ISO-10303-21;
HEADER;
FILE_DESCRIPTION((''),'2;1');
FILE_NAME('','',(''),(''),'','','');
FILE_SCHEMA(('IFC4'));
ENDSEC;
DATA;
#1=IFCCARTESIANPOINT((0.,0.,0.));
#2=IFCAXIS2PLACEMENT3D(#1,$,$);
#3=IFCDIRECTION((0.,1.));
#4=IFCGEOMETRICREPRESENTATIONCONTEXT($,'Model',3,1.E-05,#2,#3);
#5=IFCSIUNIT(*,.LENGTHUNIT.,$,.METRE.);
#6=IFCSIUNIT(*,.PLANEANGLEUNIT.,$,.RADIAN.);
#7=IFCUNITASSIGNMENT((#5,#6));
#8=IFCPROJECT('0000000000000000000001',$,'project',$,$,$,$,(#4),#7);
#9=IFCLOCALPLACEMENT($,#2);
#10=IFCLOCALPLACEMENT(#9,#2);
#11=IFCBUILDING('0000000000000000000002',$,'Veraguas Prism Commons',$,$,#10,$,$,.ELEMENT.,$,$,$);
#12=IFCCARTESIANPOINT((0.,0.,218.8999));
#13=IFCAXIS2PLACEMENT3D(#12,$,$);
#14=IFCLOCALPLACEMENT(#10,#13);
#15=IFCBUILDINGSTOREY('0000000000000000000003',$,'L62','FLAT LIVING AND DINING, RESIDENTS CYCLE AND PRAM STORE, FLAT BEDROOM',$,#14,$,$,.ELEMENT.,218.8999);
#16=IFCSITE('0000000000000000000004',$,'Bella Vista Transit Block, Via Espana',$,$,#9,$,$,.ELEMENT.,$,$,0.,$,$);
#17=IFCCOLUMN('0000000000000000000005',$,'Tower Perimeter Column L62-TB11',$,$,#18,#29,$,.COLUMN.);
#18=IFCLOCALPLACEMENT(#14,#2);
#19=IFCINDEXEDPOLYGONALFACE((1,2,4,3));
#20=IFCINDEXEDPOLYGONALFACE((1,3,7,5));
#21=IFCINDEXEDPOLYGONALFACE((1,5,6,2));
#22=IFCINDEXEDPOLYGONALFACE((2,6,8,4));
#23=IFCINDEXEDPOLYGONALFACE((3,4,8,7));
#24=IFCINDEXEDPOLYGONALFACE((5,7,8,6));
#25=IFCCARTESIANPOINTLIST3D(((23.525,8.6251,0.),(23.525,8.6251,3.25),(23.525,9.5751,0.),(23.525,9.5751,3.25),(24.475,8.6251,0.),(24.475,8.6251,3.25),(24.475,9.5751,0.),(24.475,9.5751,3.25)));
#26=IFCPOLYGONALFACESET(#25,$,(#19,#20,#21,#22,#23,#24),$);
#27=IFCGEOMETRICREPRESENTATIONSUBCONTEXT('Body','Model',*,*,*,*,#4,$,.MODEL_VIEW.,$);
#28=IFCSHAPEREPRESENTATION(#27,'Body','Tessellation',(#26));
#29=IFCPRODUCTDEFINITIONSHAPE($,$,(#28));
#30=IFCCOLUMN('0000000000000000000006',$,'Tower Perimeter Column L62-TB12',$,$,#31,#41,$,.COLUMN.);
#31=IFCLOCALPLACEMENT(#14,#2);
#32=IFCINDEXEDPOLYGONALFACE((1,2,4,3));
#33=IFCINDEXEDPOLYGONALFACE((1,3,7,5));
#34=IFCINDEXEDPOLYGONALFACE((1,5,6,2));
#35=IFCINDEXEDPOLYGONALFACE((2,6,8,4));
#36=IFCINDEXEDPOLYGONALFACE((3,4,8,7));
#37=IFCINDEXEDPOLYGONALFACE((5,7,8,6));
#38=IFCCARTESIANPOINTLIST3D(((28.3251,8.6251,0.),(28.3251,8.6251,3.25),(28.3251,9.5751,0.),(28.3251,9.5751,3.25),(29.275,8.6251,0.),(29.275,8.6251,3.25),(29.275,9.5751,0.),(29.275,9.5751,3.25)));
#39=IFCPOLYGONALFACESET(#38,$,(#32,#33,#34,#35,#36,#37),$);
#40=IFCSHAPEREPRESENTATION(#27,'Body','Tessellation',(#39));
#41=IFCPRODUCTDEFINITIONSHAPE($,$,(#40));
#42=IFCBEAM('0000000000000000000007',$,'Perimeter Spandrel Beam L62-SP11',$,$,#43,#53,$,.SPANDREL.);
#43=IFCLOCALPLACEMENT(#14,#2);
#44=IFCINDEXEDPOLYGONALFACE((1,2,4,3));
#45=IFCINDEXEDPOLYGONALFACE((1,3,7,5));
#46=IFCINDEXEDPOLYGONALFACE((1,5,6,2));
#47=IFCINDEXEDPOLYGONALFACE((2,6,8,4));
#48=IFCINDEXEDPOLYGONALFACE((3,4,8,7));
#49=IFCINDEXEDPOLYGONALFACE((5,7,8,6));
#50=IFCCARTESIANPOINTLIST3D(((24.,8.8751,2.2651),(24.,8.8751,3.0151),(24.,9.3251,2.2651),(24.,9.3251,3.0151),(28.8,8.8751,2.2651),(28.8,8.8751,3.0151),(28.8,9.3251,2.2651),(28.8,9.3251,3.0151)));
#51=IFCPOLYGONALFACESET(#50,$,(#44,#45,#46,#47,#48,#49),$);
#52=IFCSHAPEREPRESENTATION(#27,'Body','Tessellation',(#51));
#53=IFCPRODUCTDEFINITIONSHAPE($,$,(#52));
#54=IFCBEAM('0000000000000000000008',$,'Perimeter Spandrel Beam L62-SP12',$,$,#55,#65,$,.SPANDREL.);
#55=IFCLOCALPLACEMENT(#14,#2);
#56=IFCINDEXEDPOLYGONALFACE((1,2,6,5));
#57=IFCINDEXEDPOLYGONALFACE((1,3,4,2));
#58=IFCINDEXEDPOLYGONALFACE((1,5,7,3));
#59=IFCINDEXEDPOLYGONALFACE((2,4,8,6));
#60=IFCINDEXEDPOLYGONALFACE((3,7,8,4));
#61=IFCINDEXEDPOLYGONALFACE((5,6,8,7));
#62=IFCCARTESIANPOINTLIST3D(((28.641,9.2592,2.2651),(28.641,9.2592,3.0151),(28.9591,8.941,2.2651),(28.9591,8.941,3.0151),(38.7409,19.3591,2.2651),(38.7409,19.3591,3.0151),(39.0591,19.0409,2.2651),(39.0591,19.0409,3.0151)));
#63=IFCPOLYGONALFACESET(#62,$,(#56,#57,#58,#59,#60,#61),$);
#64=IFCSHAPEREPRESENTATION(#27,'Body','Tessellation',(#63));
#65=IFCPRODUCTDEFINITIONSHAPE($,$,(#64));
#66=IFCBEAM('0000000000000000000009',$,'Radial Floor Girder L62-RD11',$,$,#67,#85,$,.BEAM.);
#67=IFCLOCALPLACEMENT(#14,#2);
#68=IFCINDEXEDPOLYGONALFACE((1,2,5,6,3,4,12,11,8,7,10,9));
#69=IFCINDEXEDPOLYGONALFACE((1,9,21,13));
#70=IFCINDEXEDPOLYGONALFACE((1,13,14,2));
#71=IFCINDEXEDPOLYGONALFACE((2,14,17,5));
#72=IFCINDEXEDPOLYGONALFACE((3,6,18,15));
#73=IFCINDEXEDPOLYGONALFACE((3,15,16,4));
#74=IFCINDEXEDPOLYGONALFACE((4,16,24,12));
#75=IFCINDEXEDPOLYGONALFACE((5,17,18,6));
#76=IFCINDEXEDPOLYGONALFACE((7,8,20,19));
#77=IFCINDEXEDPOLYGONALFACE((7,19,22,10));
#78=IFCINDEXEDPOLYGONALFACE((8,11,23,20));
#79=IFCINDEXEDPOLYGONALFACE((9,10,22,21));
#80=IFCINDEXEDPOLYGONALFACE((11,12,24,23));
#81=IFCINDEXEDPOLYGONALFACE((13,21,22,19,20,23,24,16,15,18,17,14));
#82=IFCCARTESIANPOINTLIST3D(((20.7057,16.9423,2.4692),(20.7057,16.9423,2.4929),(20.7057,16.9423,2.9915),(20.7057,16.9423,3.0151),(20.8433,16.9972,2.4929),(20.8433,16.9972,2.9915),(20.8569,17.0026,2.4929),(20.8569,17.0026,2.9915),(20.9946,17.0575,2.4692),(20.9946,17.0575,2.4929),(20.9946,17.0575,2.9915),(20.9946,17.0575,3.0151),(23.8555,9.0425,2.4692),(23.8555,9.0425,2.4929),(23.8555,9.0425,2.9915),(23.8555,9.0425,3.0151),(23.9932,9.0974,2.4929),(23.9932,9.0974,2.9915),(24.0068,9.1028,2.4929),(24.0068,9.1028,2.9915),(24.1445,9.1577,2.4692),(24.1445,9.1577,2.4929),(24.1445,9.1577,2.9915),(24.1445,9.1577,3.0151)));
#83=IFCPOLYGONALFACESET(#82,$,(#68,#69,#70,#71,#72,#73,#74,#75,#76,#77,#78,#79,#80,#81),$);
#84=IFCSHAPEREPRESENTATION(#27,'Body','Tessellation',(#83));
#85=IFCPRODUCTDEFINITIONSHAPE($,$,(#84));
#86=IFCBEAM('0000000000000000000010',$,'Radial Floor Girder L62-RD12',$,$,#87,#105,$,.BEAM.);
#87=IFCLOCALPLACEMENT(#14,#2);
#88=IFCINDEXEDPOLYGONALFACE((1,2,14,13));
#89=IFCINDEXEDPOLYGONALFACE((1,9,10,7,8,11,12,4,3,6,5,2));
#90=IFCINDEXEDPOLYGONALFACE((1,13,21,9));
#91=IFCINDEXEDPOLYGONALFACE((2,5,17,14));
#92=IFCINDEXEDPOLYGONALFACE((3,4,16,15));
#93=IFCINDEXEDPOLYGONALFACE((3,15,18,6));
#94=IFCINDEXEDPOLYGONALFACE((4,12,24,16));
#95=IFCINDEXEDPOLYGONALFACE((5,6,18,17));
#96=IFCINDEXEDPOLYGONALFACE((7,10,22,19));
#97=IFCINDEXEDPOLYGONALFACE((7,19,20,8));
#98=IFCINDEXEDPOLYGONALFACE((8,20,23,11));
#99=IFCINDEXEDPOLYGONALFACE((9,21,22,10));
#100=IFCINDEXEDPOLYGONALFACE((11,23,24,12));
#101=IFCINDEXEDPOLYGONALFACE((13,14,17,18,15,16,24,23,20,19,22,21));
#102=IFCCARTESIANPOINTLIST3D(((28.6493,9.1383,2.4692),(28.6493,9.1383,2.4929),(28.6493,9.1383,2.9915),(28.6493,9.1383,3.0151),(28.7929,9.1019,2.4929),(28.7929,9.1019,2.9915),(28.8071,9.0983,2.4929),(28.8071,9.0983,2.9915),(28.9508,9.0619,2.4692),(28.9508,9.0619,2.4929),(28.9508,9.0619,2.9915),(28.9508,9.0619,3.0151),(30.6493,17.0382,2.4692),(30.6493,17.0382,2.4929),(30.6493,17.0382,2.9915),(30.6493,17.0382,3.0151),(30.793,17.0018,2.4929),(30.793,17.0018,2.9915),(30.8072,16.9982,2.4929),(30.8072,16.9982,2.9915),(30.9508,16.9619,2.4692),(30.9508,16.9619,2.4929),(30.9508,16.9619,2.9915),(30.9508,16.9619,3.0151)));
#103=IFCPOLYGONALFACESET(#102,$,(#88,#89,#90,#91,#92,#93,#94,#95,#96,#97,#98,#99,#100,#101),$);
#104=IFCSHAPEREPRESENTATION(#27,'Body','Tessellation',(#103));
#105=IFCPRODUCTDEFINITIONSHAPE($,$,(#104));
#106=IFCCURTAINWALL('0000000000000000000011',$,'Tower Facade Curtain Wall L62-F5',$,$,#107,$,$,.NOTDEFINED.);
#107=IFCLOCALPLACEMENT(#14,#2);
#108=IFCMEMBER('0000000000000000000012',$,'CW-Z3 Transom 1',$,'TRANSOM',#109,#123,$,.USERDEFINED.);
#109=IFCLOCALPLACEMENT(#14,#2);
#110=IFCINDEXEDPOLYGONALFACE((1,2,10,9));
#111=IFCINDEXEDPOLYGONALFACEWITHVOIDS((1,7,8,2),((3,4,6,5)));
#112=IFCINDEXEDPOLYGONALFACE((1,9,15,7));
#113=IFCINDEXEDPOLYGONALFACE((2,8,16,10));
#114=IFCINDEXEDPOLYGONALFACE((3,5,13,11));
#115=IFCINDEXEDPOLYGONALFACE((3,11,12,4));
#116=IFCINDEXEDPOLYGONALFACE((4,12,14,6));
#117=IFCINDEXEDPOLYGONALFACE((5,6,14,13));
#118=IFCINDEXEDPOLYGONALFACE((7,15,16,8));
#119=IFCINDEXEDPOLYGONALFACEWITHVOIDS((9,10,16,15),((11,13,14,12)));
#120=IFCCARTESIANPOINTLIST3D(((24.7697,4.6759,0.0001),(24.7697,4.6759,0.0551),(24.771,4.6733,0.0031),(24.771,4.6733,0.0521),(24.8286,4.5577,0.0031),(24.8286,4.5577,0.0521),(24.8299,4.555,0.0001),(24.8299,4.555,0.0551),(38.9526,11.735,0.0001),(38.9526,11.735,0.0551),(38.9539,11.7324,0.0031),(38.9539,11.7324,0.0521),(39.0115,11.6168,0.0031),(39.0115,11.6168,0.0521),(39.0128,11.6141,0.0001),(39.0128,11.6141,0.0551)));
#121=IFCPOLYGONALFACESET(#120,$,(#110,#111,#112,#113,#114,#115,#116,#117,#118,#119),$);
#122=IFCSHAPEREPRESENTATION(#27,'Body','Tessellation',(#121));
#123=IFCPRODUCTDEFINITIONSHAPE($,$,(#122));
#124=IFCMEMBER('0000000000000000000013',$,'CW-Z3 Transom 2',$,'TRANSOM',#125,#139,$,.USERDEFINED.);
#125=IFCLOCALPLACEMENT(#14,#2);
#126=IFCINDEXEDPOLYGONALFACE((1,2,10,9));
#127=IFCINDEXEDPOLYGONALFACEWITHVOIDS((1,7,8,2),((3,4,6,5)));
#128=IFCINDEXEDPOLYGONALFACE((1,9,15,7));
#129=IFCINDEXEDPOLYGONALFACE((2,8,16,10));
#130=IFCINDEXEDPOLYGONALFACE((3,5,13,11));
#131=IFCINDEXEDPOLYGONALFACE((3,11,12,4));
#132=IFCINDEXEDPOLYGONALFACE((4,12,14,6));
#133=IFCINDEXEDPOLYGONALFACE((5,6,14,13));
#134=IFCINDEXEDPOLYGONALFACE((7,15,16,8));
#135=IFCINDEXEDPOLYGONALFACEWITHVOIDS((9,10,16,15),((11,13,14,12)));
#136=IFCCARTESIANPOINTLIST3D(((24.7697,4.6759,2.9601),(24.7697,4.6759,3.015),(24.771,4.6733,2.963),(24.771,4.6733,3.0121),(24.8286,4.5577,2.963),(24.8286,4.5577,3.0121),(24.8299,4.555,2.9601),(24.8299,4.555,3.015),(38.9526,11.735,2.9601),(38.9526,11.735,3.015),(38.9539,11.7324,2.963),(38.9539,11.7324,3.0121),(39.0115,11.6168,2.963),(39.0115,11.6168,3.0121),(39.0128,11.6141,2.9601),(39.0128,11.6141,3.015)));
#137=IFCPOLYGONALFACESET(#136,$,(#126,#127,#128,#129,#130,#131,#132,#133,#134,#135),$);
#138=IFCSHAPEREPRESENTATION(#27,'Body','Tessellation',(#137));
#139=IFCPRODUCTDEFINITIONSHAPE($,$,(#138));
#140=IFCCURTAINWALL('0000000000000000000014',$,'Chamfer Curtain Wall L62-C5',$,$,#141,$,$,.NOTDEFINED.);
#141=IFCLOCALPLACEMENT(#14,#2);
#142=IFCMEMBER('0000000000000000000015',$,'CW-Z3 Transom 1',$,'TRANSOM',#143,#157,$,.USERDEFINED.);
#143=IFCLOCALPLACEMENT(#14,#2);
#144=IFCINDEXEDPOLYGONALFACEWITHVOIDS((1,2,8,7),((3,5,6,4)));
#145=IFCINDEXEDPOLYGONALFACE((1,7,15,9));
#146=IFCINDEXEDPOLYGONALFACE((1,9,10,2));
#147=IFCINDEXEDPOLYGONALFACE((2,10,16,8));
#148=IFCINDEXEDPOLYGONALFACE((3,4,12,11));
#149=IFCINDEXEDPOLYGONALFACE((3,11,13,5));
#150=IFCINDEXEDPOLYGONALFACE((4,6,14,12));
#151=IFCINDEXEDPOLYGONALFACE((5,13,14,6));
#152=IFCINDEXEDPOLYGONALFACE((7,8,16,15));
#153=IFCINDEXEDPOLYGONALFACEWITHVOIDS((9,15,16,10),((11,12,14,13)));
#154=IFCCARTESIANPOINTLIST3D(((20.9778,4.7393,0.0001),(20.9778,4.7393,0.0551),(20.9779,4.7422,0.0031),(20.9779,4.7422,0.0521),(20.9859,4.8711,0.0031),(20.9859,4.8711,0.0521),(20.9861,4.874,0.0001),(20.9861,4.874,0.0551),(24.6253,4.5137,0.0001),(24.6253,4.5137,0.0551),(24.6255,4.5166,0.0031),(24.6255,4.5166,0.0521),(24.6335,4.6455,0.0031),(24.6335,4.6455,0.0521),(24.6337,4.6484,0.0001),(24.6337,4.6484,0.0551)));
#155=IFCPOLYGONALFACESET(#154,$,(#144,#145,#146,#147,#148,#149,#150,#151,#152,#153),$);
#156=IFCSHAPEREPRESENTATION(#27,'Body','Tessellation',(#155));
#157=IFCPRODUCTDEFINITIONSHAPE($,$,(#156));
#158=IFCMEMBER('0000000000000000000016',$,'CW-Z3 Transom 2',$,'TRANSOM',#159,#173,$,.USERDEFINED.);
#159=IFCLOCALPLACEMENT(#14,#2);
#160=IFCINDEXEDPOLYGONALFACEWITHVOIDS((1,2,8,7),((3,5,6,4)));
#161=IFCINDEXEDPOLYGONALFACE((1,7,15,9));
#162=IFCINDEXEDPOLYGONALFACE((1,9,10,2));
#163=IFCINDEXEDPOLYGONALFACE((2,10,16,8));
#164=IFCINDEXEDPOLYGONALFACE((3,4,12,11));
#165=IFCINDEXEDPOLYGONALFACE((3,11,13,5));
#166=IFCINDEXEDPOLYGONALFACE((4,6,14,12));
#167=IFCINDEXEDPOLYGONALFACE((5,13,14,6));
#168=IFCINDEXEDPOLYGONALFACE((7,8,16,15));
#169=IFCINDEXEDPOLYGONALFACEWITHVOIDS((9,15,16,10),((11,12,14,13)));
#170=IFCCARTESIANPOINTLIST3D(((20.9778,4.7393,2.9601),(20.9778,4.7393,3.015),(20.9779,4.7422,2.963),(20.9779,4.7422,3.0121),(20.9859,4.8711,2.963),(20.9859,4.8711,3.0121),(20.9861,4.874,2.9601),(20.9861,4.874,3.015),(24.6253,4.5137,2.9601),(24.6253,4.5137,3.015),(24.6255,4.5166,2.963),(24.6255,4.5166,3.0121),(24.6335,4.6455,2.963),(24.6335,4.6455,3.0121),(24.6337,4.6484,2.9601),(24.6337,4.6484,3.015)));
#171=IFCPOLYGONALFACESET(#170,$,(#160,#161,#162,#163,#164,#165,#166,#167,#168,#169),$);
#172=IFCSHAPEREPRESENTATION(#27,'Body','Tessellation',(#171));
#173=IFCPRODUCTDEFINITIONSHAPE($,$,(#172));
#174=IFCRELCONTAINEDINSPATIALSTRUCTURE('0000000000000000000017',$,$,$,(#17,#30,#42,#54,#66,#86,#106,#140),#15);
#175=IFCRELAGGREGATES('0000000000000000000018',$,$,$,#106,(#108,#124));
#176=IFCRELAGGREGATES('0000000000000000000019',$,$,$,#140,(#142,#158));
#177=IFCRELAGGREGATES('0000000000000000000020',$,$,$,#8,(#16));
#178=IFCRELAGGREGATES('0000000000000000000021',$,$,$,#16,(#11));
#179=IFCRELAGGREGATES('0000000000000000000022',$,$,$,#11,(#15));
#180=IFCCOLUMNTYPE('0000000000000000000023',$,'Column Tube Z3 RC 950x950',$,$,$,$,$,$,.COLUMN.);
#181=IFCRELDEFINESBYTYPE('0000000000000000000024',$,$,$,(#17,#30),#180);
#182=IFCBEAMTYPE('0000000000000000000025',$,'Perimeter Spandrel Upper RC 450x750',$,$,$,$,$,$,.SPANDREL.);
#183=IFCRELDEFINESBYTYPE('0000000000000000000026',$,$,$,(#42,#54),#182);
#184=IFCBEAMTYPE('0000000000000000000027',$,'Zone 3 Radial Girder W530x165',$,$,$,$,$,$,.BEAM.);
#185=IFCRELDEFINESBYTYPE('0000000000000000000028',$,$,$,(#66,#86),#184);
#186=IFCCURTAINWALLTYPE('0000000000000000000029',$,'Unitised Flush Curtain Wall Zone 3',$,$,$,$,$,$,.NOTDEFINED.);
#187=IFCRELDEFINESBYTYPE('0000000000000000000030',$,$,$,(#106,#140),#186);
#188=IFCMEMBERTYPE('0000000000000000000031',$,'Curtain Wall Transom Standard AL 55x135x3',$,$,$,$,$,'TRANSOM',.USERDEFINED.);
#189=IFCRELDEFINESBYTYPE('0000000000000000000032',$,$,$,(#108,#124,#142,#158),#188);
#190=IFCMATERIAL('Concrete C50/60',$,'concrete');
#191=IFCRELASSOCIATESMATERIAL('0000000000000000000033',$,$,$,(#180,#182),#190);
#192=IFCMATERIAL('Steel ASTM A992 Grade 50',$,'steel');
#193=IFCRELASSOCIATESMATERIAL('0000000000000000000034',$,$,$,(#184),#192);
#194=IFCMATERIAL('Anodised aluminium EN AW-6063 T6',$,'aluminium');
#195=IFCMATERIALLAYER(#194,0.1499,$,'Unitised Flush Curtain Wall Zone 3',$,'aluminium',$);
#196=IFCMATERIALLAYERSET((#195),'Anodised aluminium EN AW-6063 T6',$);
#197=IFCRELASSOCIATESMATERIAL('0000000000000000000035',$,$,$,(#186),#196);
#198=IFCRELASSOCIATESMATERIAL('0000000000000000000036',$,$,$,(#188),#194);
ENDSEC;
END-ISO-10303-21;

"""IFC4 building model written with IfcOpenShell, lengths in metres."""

from ifc_helpers import new_model, si_unit, direction, frame, origin, origin_2d, place, context, subcontext, project, spatial, rectangle, hollow_rectangle, i_section, extrude, source, transform, mapped, material, layer, layer_set, material_profile, profile_set, type_object, element, aggregate, save


model = new_model("IFC4")

# Units and contexts
model_context = context("Model", 3, precision=1e-05, world=origin(), true_north=direction((0.0, 1.0)))
body_context = subcontext(model_context, "Body", "Model", "MODEL_VIEW")
ifc_project = project(units=[si_unit("LENGTHUNIT", "METRE"), si_unit("PLANEANGLEUNIT", "RADIAN")], contexts=[model_context])

# Site, building, storey
site_placement = place(None, origin())
site = spatial("IfcSite", under=ifc_project, at=site_placement, Name="Bella Vista Transit Block, Via Espana", CompositionType="ELEMENT", RefElevation=0.0)
building_placement = place(site_placement, origin())
building = spatial("IfcBuilding", under=site, at=building_placement, Name="Veraguas Prism Commons", CompositionType="ELEMENT")
storey_placement = place(building_placement, frame((0.0, 0.0, 218.8999)))
storey = spatial("IfcBuildingStorey", under=building, at=storey_placement, Name="L62", Description="FLAT LIVING AND DINING, RESIDENTS CYCLE AND PRAM STORE, FLAT BEDROOM", CompositionType="ELEMENT", Elevation=218.8999)

# Columns
ifc_material_1 = material(Name="Concrete C50/60", Category="concrete")
ifc_material_profile_1 = material_profile(ifc_material_1, rectangle(XDim=0.95, YDim=0.95, at=origin_2d()), Name="RC950X950")
ifc_profile_set_1 = profile_set([ifc_material_profile_1], Name="Concrete C50/60")
column_type = type_object("IfcColumnType", Name="Column Tube Z3 RC 950x950", PredefinedType="COLUMN", material=ifc_profile_set_1)
for number, where, z_axis, x_axis, name in (
    (1, (24.0, 9.1001, 0.0), (0.0, 0.0, 1.0), (1.0, 0.0, 0.0), "Tower Perimeter Column L62-TB11"),
    (2, (28.8, 9.1001, 0.0), (0.0, 0.0, 1.0), (1.0, 0.0, 0.0), "Tower Perimeter Column L62-TB12"),
):
    element("IfcColumn", number, at=place(storey_placement, frame(where, z_axis=z_axis, x_axis=x_axis)), inside=storey, type_object=column_type, Name=name, PredefinedType="COLUMN", context=body_context, shape_type="SweptSolid", body=[
        extrude(rectangle(XDim=0.95, YDim=0.95, at=origin_2d()), origin(), (0.0, 0.0, 1.0), 3.25),
    ])

# Beams
ifc_material_profile_2 = material_profile(ifc_material_1, rectangle(XDim=0.45, YDim=0.75, at=origin_2d()), Name="RC450X750")
ifc_profile_set_2 = profile_set([ifc_material_profile_2], Name="Concrete C50/60")
beam_type_1 = type_object("IfcBeamType", Name="Perimeter Spandrel Upper RC 450x750", PredefinedType="SPANDREL", material=ifc_profile_set_2)
beam_1_placement = place(storey_placement, frame((24.0, 9.1001, 2.6401), z_axis=(1.0, 0.0, 0.0), x_axis=(0.0, 1.0, 0.0)))
element("IfcBeam", 3, at=beam_1_placement, inside=storey, type_object=beam_type_1, Name="Perimeter Spandrel Beam L62-SP11", PredefinedType="SPANDREL", context=body_context, shape_type="SweptSolid", body=[
    extrude(rectangle(XDim=0.45, YDim=0.75, at=origin_2d()), origin(), (0.0, 0.0, 1.0), 4.8),
])
beam_2_placement = place(storey_placement, frame((28.8, 9.1001, 2.6401), z_axis=(0.707107, 0.707107, 0.0), x_axis=(-0.707107, 0.707107, 0.0)))
element("IfcBeam", 4, at=beam_2_placement, inside=storey, type_object=beam_type_1, Name="Perimeter Spandrel Beam L62-SP12", PredefinedType="SPANDREL", context=body_context, shape_type="SweptSolid", body=[
    extrude(rectangle(XDim=0.45, YDim=0.75, at=origin_2d()), origin(), (0.0, 0.0, 1.0), 14.2834),
])
ifc_material_2 = material(Name="Steel ASTM A992 Grade 50", Category="steel")
ifc_material_profile_3 = material_profile(ifc_material_2, i_section(OverallWidth=0.311, OverallDepth=0.5459, WebThickness=0.0146, FlangeThickness=0.0237, at=origin_2d()), Name="W530X165")
ifc_profile_set_3 = profile_set([ifc_material_profile_3], Name="Steel ASTM A992 Grade 50")
beam_type_2 = type_object("IfcBeamType", Name="Zone 3 Radial Girder W530x165", PredefinedType="BEAM", material=ifc_profile_set_3)
beam_3_placement = place(storey_placement, frame((24.0, 9.1001, 2.7422), z_axis=(-0.370371, 0.928884, 0.0), x_axis=(-0.928884, -0.370371, 0.0)))
element("IfcBeam", 5, at=beam_3_placement, inside=storey, type_object=beam_type_2, Name="Radial Floor Girder L62-RD11", PredefinedType="BEAM", context=body_context, shape_type="SweptSolid", body=[
    extrude(i_section(OverallWidth=0.311, OverallDepth=0.5459, WebThickness=0.0146, FlangeThickness=0.0237, at=origin_2d()), origin(), (0.0, 0.0, 1.0), 8.5046),
])
beam_4_placement = place(storey_placement, frame((28.8, 9.1001, 2.7422), z_axis=(0.245425, 0.969416, 0.0), x_axis=(-0.969416, 0.245425, 0.0)))
element("IfcBeam", 6, at=beam_4_placement, inside=storey, type_object=beam_type_2, Name="Radial Floor Girder L62-RD12", PredefinedType="BEAM", context=body_context, shape_type="SweptSolid", body=[
    extrude(i_section(OverallWidth=0.311, OverallDepth=0.5459, WebThickness=0.0146, FlangeThickness=0.0237, at=origin_2d()), origin(), (0.0, 0.0, 1.0), 8.1492),
])

# Curtain walls, members
ifc_material_3 = material(Name="Anodised aluminium EN AW-6063 T6", Category="aluminium")
ifc_layer_1 = layer(ifc_material_3, 0.1499, Name="Unitised Flush Curtain Wall Zone 3", Category="aluminium")
ifc_layer_set_1 = layer_set([ifc_layer_1], Name="Anodised aluminium EN AW-6063 T6")
curtain_wall_type = type_object("IfcCurtainWallType", Name="Unitised Flush Curtain Wall Zone 3", PredefinedType="NOTDEFINED", material=ifc_layer_set_1)
curtain_wall_1_placement = place(storey_placement, origin())
curtain_wall_1 = element("IfcCurtainWall", 7, at=curtain_wall_1_placement, inside=storey, type_object=curtain_wall_type, Name="Tower Facade Curtain Wall L62-F5", PredefinedType="NOTDEFINED")
ifc_material_profile_4 = material_profile(ifc_material_3, hollow_rectangle(XDim=0.0549, YDim=0.135, WallThickness=0.0029, at=origin_2d()), Name="AL55X135X3")
ifc_profile_set_4 = profile_set([ifc_material_profile_4], Name="Anodised aluminium EN AW-6063 T6")
member_type_1 = type_object("IfcMemberType", Name="Curtain Wall Transom Standard AL 55x135x3", ElementType="TRANSOM", PredefinedType="USERDEFINED", material=ifc_profile_set_4)
shared_shape_1 = source(origin(), body_context, "Body", "SweptSolid", [
    extrude(hollow_rectangle(XDim=0.0549, YDim=0.135, WallThickness=0.0029, at=origin_2d()), origin(), (0.0, 0.0, 1.0), 15.8425),
])
member_1_placement = place(storey_placement, frame((24.7998, 4.6155, 0.0276), z_axis=(0.895242, 0.445579, 0.0), x_axis=(0.0, 0.0, 1.0)))
member_1 = element("IfcMember", 8, at=member_1_placement, type_object=member_type_1, Name="CW-Z3 Transom 1", ObjectType="TRANSOM", PredefinedType="USERDEFINED", context=body_context, shape_type="MappedRepresentation", body=[
    mapped(shared_shape_1, transform((0.0, 0.0, 0.0), scale=1.0)),
])
member_2_placement = place(storey_placement, frame((24.7998, 4.6155, 2.9875), z_axis=(0.895242, 0.445579, 0.0), x_axis=(0.0, 0.0, 1.0)))
member_2 = element("IfcMember", 9, at=member_2_placement, type_object=member_type_1, Name="CW-Z3 Transom 2", ObjectType="TRANSOM", PredefinedType="USERDEFINED", context=body_context, shape_type="MappedRepresentation", body=[
    mapped(shared_shape_1, transform((0.0, 0.0, 0.0), scale=1.0)),
])
curtain_wall_2_placement = place(storey_placement, origin())
curtain_wall_2 = element("IfcCurtainWall", 10, at=curtain_wall_2_placement, inside=storey, type_object=curtain_wall_type, Name="Chamfer Curtain Wall L62-C5", PredefinedType="NOTDEFINED")
shared_shape_2 = source(origin(), body_context, "Body", "SweptSolid", [
    extrude(hollow_rectangle(XDim=0.0549, YDim=0.135, WallThickness=0.0029, at=origin_2d()), origin(), (0.0, 0.0, 1.0), 3.6545),
])
member_3_placement = place(storey_placement, frame((20.9819, 4.8066, 0.0276), z_axis=(0.998093, -0.061729, 0.0), x_axis=(0.0, 0.0, 1.0)))
member_3 = element("IfcMember", 11, at=member_3_placement, type_object=member_type_1, Name="CW-Z3 Transom 1", ObjectType="TRANSOM", PredefinedType="USERDEFINED", context=body_context, shape_type="MappedRepresentation", body=[
    mapped(shared_shape_2, transform((0.0, 0.0, 0.0), scale=1.0)),
])
member_4_placement = place(storey_placement, frame((20.9819, 4.8066, 2.9875), z_axis=(0.998093, -0.061729, 0.0), x_axis=(0.0, 0.0, 1.0)))
member_4 = element("IfcMember", 12, at=member_4_placement, type_object=member_type_1, Name="CW-Z3 Transom 2", ObjectType="TRANSOM", PredefinedType="USERDEFINED", context=body_context, shape_type="MappedRepresentation", body=[
    mapped(shared_shape_2, transform((0.0, 0.0, 0.0), scale=1.0)),
])

aggregate(curtain_wall_1, [member_1, member_2])
aggregate(curtain_wall_2, [member_3, member_4])

save(model, "model.ifc")
